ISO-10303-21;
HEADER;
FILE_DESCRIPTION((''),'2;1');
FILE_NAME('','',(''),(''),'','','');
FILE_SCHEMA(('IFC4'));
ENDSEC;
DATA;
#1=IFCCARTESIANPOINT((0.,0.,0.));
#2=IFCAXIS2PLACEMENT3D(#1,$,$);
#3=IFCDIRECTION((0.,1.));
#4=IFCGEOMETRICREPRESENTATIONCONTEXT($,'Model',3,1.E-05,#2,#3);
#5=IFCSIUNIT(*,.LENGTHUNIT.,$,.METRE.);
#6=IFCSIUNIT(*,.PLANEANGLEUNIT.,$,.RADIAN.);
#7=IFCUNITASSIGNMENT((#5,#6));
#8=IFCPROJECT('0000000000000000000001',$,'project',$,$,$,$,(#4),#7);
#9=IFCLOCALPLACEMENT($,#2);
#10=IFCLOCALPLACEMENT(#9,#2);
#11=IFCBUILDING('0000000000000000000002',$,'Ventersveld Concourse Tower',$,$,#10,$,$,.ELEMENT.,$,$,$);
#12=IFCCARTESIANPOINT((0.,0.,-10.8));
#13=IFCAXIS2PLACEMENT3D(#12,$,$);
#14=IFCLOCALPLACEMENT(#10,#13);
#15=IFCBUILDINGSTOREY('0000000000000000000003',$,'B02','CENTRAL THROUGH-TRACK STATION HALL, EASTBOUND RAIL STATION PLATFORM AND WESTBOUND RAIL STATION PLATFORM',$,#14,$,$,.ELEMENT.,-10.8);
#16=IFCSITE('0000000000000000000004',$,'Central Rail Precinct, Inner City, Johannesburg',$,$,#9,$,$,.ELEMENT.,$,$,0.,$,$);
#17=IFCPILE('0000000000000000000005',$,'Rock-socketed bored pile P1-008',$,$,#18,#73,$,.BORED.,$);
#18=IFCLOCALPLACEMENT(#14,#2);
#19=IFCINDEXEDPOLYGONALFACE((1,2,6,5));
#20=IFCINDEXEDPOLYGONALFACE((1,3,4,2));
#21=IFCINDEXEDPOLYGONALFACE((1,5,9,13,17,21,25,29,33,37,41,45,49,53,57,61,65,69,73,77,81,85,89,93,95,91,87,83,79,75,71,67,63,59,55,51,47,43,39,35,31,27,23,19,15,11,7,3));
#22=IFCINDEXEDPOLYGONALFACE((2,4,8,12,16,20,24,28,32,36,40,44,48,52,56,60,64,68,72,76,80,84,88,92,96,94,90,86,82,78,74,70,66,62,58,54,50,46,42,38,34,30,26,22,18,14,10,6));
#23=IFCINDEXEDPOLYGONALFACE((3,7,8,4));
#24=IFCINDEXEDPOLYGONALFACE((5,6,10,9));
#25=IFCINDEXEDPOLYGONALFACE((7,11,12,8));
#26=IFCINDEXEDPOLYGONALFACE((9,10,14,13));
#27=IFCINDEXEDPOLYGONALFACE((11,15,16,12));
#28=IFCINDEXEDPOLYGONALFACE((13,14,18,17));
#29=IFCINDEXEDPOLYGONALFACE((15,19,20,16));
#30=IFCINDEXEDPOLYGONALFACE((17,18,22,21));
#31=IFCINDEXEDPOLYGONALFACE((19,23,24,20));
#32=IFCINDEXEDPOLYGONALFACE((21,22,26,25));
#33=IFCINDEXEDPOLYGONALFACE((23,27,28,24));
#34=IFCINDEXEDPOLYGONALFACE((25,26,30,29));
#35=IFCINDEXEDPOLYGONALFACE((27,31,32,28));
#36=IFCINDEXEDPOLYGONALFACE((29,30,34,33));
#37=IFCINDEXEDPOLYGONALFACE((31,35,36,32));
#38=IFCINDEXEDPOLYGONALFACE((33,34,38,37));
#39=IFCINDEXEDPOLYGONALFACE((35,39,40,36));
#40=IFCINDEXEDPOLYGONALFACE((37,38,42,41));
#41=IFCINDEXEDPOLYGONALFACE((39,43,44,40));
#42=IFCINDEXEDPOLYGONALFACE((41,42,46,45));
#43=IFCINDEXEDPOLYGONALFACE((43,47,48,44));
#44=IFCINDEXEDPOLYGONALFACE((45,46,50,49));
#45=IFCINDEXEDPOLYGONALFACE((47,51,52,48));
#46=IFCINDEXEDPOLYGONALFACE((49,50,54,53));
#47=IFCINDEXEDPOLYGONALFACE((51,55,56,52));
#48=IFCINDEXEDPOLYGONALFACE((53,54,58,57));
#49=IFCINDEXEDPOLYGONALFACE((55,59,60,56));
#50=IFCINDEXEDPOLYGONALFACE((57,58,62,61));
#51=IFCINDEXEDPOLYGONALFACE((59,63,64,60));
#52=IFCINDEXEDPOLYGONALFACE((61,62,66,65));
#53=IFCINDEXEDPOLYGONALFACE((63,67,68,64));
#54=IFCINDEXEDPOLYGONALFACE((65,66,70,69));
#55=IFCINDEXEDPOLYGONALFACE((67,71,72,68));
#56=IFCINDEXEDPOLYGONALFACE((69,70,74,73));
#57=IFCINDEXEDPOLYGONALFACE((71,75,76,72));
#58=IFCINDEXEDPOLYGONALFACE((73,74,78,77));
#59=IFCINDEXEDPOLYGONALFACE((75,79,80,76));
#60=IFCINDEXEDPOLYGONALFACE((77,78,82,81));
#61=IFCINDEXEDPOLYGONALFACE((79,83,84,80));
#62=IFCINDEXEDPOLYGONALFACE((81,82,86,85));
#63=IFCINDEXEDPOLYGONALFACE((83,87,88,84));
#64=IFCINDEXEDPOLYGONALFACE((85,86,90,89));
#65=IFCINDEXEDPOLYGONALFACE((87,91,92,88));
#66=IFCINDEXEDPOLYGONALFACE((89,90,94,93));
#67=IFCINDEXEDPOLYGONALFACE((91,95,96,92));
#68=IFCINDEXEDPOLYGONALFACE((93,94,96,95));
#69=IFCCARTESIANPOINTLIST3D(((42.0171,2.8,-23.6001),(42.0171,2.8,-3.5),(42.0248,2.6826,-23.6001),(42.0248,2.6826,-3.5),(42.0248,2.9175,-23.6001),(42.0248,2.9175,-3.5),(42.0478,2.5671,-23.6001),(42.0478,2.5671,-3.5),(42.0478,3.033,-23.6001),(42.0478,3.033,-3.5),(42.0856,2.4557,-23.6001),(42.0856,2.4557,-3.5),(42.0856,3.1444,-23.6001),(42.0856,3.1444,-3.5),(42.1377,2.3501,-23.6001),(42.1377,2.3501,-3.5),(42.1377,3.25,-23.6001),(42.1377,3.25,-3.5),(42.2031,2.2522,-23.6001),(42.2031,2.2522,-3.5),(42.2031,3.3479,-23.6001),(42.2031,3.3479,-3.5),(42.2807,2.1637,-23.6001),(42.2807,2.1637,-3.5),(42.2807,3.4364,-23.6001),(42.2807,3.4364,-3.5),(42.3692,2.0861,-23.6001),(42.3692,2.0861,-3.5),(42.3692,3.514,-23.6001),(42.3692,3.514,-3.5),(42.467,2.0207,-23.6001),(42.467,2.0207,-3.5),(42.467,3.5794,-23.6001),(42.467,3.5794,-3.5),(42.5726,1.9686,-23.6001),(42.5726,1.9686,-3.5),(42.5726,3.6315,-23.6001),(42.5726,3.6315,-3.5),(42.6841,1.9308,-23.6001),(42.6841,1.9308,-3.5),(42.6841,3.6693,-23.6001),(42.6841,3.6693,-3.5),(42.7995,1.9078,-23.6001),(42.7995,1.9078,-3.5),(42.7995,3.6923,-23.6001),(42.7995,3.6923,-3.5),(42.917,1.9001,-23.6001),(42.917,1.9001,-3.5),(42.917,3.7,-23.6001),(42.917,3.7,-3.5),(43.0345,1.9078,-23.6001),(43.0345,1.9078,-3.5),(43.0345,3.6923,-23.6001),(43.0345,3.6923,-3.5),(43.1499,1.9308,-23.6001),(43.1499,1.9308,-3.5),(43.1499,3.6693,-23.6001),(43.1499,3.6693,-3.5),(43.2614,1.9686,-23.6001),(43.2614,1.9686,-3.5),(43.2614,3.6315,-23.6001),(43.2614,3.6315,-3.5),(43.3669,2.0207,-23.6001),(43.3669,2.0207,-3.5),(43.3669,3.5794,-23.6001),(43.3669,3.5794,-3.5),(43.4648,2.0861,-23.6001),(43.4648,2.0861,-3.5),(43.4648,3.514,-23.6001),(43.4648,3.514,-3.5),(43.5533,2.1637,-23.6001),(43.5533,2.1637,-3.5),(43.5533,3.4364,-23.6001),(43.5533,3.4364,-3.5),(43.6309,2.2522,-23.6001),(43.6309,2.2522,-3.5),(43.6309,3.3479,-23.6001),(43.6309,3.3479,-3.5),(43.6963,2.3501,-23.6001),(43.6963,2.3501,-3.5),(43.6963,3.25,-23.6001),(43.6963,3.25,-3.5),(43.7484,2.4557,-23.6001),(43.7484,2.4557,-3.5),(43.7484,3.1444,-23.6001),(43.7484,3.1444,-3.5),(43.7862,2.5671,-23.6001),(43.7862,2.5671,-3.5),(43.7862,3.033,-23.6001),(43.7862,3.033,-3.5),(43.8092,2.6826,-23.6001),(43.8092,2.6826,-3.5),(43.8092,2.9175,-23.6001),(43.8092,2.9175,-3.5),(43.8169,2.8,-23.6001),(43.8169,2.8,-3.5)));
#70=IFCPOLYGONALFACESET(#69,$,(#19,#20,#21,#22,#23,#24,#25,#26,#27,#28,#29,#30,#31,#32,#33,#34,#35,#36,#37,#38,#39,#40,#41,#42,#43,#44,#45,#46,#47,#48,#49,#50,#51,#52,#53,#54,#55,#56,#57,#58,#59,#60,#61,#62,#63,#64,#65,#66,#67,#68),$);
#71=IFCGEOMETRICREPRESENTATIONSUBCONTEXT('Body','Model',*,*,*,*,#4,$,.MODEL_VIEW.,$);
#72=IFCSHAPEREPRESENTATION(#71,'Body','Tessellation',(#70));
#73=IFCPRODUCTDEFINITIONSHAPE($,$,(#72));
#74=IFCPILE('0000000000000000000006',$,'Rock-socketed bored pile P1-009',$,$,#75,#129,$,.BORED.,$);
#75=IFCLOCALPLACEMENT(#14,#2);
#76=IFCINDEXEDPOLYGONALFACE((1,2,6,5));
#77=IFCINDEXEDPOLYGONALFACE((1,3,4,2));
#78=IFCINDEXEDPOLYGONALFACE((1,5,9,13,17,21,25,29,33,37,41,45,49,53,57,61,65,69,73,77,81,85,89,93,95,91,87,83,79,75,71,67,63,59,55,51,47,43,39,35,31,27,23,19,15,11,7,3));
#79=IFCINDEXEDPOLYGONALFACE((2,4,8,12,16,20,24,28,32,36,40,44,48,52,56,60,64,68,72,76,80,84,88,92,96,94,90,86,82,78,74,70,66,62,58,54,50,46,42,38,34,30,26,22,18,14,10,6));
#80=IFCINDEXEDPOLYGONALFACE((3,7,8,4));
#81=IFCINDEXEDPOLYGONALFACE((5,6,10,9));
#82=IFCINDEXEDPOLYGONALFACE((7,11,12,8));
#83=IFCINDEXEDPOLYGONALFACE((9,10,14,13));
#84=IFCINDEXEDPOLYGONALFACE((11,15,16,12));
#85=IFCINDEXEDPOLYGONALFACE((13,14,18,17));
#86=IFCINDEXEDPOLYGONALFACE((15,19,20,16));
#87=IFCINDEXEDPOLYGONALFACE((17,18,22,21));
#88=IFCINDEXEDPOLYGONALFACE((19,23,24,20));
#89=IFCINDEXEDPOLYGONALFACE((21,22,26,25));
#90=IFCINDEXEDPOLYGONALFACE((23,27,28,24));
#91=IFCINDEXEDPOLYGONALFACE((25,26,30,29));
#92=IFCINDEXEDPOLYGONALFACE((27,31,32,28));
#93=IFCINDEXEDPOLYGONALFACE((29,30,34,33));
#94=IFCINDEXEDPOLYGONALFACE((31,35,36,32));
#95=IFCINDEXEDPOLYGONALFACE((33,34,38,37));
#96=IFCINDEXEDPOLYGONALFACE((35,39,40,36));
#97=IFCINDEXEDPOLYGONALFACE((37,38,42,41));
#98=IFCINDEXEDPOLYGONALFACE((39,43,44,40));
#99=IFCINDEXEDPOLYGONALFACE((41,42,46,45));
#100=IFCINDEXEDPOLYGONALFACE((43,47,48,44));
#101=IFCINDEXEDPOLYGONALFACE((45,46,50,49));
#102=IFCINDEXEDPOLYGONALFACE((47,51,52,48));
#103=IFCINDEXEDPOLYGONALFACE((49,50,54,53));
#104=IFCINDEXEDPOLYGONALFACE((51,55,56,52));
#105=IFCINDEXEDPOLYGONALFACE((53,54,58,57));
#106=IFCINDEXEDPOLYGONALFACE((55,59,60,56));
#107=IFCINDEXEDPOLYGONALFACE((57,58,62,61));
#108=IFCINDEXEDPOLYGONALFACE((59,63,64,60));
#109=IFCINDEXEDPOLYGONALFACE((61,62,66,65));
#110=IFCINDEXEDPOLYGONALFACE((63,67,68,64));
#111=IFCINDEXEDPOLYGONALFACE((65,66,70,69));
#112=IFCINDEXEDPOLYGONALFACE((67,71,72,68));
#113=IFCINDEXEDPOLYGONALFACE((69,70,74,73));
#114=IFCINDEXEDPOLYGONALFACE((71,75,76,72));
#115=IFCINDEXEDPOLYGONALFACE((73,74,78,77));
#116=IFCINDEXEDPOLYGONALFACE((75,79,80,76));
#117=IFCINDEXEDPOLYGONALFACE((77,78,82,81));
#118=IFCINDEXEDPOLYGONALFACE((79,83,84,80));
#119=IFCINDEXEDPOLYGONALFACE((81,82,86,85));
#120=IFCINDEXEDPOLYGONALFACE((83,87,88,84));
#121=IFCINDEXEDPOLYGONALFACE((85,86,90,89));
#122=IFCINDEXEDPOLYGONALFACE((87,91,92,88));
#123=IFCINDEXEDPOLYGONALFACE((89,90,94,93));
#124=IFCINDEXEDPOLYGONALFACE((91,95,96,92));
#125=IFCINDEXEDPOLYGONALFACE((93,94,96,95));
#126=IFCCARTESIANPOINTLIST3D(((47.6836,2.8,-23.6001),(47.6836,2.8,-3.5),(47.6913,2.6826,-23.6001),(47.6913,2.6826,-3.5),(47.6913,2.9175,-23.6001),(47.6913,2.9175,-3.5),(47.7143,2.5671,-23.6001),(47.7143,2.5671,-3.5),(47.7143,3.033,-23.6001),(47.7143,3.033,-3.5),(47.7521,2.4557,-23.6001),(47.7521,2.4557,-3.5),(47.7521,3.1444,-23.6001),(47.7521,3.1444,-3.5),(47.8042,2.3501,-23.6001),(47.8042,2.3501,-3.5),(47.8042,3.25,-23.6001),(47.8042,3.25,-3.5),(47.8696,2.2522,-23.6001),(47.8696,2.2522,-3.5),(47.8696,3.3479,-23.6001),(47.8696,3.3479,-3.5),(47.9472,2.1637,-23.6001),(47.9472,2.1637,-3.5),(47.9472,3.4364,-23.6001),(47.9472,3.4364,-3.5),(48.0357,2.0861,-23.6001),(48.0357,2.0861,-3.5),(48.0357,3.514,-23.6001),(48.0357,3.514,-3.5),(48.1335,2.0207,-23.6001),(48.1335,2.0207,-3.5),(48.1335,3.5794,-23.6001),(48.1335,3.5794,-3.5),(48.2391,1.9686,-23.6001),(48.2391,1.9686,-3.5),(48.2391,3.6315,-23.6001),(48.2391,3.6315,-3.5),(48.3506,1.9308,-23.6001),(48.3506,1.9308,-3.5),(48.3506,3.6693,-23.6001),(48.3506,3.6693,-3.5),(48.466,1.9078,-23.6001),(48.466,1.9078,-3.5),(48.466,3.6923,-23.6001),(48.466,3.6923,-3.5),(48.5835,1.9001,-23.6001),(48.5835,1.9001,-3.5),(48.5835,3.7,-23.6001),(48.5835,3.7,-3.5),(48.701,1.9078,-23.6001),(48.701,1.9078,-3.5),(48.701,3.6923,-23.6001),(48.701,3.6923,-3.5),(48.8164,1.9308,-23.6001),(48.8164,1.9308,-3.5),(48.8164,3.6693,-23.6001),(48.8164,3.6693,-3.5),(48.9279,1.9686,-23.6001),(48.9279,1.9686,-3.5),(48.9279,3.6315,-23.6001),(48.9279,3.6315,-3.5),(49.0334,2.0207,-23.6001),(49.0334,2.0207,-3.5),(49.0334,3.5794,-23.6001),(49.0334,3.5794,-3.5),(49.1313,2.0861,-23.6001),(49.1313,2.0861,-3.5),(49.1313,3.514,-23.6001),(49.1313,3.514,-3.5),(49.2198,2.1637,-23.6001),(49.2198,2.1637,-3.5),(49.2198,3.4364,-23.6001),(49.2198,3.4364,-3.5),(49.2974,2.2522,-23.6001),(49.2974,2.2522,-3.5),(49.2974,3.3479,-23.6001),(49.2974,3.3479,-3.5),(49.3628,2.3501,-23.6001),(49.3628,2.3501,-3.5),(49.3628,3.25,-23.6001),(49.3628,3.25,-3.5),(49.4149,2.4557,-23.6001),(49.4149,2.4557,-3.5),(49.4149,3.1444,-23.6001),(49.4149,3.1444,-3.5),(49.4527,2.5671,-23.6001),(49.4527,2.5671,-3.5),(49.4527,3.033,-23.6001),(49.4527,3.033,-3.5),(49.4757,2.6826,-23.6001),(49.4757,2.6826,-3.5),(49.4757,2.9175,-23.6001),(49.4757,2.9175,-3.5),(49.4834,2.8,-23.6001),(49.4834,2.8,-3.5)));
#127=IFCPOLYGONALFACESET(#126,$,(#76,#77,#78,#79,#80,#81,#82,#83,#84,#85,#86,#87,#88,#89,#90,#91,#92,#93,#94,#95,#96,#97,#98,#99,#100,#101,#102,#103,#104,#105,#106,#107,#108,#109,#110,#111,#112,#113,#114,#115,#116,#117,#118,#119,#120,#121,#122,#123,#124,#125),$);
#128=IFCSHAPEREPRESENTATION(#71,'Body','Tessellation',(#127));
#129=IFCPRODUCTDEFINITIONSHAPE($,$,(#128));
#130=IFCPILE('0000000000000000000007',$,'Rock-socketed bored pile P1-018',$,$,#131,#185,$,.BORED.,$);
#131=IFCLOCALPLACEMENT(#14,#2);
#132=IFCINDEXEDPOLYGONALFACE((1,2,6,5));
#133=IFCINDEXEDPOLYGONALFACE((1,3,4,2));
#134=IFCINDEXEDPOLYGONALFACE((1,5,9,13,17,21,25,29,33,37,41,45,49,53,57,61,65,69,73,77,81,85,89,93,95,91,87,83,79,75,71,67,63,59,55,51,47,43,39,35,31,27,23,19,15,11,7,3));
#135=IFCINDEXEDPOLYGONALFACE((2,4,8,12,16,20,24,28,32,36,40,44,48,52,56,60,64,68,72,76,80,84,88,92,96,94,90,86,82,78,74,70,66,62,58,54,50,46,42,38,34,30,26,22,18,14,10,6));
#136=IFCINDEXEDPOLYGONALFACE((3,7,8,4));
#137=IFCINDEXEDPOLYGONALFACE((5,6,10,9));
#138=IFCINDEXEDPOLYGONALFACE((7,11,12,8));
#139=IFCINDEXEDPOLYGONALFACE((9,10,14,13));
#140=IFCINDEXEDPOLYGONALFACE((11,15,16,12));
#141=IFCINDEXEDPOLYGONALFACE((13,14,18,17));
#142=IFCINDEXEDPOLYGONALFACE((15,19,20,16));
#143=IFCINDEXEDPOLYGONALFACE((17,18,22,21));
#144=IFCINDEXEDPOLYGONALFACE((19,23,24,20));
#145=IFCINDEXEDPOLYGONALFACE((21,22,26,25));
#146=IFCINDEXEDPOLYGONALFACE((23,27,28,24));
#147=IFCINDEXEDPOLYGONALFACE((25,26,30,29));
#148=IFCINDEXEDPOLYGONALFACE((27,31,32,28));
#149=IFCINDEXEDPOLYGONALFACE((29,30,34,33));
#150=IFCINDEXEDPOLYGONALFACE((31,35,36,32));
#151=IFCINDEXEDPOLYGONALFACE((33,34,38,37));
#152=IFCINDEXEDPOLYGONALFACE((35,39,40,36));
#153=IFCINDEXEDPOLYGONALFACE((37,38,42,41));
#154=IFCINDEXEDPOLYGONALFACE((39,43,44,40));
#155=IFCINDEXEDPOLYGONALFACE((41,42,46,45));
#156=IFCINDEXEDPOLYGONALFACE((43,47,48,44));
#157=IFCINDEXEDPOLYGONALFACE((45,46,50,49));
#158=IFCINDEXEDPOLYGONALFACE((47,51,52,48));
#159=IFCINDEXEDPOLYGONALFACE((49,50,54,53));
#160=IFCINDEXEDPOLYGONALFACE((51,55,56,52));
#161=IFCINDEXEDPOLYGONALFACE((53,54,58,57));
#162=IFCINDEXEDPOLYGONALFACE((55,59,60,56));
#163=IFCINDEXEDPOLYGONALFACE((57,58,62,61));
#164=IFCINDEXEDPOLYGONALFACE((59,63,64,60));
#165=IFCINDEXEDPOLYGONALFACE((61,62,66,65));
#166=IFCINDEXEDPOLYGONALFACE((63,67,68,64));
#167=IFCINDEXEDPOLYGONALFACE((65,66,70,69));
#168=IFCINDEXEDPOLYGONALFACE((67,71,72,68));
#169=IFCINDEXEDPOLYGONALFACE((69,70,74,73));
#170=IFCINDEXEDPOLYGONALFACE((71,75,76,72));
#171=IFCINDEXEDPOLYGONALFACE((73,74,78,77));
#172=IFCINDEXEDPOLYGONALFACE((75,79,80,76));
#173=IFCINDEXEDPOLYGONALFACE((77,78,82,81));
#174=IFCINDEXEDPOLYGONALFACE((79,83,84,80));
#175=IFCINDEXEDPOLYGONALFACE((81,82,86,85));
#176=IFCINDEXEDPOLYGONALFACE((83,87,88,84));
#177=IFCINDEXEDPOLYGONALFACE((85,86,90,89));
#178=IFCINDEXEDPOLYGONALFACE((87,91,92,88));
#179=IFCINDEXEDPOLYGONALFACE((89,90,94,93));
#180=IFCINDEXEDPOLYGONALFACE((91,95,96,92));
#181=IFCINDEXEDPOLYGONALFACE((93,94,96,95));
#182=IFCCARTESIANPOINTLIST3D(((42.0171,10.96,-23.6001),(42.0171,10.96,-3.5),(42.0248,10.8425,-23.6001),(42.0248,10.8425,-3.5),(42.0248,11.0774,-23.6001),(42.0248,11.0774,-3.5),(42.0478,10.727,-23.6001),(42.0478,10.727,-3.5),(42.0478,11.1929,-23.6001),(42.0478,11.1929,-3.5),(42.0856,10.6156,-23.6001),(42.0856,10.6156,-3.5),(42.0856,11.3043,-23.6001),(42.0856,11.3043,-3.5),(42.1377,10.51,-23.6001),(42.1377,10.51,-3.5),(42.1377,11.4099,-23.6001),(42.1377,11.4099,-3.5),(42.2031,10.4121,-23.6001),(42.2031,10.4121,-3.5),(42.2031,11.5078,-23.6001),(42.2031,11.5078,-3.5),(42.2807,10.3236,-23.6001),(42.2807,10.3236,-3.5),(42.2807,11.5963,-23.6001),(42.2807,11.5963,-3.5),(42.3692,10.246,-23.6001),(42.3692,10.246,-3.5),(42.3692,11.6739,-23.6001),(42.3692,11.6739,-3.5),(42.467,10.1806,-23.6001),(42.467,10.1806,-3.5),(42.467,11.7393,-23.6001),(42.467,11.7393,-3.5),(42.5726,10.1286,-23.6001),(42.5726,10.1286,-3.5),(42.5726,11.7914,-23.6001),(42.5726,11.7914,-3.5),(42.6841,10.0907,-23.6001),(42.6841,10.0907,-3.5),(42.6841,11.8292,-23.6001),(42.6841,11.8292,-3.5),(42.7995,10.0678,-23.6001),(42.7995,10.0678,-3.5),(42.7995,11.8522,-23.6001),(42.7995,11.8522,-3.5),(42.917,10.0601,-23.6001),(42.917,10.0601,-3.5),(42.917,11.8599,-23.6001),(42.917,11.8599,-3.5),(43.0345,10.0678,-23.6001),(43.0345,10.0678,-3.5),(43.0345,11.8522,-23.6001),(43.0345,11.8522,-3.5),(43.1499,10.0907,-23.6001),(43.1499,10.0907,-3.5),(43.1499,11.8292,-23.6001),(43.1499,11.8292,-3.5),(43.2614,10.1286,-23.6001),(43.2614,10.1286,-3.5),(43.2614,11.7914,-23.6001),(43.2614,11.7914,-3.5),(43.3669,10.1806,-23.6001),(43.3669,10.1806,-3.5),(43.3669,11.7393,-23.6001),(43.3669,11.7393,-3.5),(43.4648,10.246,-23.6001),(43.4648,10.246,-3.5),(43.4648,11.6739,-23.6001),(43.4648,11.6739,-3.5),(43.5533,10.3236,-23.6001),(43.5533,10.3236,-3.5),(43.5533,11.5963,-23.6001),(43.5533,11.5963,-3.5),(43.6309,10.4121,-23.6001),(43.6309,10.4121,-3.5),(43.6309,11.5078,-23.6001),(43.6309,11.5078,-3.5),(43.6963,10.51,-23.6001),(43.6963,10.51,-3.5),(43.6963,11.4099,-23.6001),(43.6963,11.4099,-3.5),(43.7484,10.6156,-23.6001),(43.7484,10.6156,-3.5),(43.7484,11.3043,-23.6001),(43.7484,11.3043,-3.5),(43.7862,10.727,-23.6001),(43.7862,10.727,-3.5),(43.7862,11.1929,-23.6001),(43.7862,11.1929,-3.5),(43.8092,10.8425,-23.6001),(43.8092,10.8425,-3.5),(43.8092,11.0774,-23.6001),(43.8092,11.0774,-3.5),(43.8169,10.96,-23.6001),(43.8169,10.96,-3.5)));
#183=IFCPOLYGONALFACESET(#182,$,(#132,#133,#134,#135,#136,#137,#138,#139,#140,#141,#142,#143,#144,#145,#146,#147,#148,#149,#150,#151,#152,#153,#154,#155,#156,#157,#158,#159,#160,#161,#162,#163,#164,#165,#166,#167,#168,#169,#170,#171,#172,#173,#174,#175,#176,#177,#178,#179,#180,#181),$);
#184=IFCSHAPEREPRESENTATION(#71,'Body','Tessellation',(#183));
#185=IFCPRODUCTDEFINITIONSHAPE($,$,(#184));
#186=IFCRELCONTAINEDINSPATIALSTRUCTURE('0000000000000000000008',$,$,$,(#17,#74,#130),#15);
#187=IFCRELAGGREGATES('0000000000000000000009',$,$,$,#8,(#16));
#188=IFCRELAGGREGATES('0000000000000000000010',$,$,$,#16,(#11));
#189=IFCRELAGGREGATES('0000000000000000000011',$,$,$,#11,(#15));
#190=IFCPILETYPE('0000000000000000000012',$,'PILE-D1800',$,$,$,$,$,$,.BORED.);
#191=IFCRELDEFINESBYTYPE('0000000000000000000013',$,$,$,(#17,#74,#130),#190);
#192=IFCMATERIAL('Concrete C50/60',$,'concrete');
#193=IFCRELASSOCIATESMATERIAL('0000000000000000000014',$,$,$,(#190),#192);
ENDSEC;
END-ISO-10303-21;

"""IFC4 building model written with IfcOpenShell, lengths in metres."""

from ifc_helpers import new_model, si_unit, direction, frame, origin, origin_2d, place, context, subcontext, project, spatial, circle, extrude, material, material_profile, profile_set, type_object, element, save


model = new_model("IFC4")

# Units and contexts
model_context = context("Model", 3, precision=1e-05, world=origin(), true_north=direction((0.0, 1.0)))
body_context = subcontext(model_context, "Body", "Model", "MODEL_VIEW")
ifc_project = project(units=[si_unit("LENGTHUNIT", "METRE"), si_unit("PLANEANGLEUNIT", "RADIAN")], contexts=[model_context])

# Site, building, storey
site_placement = place(None, origin())
site = spatial("IfcSite", under=ifc_project, at=site_placement, Name="Central Rail Precinct, Inner City, Johannesburg", CompositionType="ELEMENT", RefElevation=0.0)
building_placement = place(site_placement, origin())
building = spatial("IfcBuilding", under=site, at=building_placement, Name="Ventersveld Concourse Tower", CompositionType="ELEMENT")
storey_placement = place(building_placement, frame((0.0, 0.0, -10.8)))
storey = spatial("IfcBuildingStorey", under=building, at=storey_placement, Name="B02", Description="CENTRAL THROUGH-TRACK STATION HALL, EASTBOUND RAIL STATION PLATFORM AND WESTBOUND RAIL STATION PLATFORM", CompositionType="ELEMENT", Elevation=-10.8)

# Piles
ifc_material_1 = material(Name="Concrete C50/60", Category="concrete")
ifc_material_profile_1 = material_profile(ifc_material_1, circle(Radius=0.8999, at=origin_2d()), Name="PILE D1800")
ifc_profile_set_1 = profile_set([ifc_material_profile_1], Name="Concrete C50/60")
pile_type = type_object("IfcPileType", Name="PILE-D1800", PredefinedType="BORED", material=ifc_profile_set_1)
for number, where, z_axis, x_axis, name in (
    (1, (42.917, 2.8, -3.5), (0.0, 0.0, -1.0), (1.0, 0.0, 0.0), "Rock-socketed bored pile P1-008"),
    (2, (48.5835, 2.8, -3.5), (0.0, 0.0, -1.0), (1.0, 0.0, 0.0), "Rock-socketed bored pile P1-009"),
    (3, (42.917, 10.96, -3.5), (0.0, 0.0, -1.0), (1.0, 0.0, 0.0), "Rock-socketed bored pile P1-018"),
):
    element("IfcPile", number, at=place(storey_placement, frame(where, z_axis=z_axis, x_axis=x_axis)), inside=storey, type_object=pile_type, Name=name, PredefinedType="BORED", context=body_context, shape_type="SweptSolid", body=[
        extrude(circle(Radius=0.8999, at=origin_2d()), origin(), (0.0, 0.0, 1.0), 20.1001),
    ])

save(model, "model.ifc")
